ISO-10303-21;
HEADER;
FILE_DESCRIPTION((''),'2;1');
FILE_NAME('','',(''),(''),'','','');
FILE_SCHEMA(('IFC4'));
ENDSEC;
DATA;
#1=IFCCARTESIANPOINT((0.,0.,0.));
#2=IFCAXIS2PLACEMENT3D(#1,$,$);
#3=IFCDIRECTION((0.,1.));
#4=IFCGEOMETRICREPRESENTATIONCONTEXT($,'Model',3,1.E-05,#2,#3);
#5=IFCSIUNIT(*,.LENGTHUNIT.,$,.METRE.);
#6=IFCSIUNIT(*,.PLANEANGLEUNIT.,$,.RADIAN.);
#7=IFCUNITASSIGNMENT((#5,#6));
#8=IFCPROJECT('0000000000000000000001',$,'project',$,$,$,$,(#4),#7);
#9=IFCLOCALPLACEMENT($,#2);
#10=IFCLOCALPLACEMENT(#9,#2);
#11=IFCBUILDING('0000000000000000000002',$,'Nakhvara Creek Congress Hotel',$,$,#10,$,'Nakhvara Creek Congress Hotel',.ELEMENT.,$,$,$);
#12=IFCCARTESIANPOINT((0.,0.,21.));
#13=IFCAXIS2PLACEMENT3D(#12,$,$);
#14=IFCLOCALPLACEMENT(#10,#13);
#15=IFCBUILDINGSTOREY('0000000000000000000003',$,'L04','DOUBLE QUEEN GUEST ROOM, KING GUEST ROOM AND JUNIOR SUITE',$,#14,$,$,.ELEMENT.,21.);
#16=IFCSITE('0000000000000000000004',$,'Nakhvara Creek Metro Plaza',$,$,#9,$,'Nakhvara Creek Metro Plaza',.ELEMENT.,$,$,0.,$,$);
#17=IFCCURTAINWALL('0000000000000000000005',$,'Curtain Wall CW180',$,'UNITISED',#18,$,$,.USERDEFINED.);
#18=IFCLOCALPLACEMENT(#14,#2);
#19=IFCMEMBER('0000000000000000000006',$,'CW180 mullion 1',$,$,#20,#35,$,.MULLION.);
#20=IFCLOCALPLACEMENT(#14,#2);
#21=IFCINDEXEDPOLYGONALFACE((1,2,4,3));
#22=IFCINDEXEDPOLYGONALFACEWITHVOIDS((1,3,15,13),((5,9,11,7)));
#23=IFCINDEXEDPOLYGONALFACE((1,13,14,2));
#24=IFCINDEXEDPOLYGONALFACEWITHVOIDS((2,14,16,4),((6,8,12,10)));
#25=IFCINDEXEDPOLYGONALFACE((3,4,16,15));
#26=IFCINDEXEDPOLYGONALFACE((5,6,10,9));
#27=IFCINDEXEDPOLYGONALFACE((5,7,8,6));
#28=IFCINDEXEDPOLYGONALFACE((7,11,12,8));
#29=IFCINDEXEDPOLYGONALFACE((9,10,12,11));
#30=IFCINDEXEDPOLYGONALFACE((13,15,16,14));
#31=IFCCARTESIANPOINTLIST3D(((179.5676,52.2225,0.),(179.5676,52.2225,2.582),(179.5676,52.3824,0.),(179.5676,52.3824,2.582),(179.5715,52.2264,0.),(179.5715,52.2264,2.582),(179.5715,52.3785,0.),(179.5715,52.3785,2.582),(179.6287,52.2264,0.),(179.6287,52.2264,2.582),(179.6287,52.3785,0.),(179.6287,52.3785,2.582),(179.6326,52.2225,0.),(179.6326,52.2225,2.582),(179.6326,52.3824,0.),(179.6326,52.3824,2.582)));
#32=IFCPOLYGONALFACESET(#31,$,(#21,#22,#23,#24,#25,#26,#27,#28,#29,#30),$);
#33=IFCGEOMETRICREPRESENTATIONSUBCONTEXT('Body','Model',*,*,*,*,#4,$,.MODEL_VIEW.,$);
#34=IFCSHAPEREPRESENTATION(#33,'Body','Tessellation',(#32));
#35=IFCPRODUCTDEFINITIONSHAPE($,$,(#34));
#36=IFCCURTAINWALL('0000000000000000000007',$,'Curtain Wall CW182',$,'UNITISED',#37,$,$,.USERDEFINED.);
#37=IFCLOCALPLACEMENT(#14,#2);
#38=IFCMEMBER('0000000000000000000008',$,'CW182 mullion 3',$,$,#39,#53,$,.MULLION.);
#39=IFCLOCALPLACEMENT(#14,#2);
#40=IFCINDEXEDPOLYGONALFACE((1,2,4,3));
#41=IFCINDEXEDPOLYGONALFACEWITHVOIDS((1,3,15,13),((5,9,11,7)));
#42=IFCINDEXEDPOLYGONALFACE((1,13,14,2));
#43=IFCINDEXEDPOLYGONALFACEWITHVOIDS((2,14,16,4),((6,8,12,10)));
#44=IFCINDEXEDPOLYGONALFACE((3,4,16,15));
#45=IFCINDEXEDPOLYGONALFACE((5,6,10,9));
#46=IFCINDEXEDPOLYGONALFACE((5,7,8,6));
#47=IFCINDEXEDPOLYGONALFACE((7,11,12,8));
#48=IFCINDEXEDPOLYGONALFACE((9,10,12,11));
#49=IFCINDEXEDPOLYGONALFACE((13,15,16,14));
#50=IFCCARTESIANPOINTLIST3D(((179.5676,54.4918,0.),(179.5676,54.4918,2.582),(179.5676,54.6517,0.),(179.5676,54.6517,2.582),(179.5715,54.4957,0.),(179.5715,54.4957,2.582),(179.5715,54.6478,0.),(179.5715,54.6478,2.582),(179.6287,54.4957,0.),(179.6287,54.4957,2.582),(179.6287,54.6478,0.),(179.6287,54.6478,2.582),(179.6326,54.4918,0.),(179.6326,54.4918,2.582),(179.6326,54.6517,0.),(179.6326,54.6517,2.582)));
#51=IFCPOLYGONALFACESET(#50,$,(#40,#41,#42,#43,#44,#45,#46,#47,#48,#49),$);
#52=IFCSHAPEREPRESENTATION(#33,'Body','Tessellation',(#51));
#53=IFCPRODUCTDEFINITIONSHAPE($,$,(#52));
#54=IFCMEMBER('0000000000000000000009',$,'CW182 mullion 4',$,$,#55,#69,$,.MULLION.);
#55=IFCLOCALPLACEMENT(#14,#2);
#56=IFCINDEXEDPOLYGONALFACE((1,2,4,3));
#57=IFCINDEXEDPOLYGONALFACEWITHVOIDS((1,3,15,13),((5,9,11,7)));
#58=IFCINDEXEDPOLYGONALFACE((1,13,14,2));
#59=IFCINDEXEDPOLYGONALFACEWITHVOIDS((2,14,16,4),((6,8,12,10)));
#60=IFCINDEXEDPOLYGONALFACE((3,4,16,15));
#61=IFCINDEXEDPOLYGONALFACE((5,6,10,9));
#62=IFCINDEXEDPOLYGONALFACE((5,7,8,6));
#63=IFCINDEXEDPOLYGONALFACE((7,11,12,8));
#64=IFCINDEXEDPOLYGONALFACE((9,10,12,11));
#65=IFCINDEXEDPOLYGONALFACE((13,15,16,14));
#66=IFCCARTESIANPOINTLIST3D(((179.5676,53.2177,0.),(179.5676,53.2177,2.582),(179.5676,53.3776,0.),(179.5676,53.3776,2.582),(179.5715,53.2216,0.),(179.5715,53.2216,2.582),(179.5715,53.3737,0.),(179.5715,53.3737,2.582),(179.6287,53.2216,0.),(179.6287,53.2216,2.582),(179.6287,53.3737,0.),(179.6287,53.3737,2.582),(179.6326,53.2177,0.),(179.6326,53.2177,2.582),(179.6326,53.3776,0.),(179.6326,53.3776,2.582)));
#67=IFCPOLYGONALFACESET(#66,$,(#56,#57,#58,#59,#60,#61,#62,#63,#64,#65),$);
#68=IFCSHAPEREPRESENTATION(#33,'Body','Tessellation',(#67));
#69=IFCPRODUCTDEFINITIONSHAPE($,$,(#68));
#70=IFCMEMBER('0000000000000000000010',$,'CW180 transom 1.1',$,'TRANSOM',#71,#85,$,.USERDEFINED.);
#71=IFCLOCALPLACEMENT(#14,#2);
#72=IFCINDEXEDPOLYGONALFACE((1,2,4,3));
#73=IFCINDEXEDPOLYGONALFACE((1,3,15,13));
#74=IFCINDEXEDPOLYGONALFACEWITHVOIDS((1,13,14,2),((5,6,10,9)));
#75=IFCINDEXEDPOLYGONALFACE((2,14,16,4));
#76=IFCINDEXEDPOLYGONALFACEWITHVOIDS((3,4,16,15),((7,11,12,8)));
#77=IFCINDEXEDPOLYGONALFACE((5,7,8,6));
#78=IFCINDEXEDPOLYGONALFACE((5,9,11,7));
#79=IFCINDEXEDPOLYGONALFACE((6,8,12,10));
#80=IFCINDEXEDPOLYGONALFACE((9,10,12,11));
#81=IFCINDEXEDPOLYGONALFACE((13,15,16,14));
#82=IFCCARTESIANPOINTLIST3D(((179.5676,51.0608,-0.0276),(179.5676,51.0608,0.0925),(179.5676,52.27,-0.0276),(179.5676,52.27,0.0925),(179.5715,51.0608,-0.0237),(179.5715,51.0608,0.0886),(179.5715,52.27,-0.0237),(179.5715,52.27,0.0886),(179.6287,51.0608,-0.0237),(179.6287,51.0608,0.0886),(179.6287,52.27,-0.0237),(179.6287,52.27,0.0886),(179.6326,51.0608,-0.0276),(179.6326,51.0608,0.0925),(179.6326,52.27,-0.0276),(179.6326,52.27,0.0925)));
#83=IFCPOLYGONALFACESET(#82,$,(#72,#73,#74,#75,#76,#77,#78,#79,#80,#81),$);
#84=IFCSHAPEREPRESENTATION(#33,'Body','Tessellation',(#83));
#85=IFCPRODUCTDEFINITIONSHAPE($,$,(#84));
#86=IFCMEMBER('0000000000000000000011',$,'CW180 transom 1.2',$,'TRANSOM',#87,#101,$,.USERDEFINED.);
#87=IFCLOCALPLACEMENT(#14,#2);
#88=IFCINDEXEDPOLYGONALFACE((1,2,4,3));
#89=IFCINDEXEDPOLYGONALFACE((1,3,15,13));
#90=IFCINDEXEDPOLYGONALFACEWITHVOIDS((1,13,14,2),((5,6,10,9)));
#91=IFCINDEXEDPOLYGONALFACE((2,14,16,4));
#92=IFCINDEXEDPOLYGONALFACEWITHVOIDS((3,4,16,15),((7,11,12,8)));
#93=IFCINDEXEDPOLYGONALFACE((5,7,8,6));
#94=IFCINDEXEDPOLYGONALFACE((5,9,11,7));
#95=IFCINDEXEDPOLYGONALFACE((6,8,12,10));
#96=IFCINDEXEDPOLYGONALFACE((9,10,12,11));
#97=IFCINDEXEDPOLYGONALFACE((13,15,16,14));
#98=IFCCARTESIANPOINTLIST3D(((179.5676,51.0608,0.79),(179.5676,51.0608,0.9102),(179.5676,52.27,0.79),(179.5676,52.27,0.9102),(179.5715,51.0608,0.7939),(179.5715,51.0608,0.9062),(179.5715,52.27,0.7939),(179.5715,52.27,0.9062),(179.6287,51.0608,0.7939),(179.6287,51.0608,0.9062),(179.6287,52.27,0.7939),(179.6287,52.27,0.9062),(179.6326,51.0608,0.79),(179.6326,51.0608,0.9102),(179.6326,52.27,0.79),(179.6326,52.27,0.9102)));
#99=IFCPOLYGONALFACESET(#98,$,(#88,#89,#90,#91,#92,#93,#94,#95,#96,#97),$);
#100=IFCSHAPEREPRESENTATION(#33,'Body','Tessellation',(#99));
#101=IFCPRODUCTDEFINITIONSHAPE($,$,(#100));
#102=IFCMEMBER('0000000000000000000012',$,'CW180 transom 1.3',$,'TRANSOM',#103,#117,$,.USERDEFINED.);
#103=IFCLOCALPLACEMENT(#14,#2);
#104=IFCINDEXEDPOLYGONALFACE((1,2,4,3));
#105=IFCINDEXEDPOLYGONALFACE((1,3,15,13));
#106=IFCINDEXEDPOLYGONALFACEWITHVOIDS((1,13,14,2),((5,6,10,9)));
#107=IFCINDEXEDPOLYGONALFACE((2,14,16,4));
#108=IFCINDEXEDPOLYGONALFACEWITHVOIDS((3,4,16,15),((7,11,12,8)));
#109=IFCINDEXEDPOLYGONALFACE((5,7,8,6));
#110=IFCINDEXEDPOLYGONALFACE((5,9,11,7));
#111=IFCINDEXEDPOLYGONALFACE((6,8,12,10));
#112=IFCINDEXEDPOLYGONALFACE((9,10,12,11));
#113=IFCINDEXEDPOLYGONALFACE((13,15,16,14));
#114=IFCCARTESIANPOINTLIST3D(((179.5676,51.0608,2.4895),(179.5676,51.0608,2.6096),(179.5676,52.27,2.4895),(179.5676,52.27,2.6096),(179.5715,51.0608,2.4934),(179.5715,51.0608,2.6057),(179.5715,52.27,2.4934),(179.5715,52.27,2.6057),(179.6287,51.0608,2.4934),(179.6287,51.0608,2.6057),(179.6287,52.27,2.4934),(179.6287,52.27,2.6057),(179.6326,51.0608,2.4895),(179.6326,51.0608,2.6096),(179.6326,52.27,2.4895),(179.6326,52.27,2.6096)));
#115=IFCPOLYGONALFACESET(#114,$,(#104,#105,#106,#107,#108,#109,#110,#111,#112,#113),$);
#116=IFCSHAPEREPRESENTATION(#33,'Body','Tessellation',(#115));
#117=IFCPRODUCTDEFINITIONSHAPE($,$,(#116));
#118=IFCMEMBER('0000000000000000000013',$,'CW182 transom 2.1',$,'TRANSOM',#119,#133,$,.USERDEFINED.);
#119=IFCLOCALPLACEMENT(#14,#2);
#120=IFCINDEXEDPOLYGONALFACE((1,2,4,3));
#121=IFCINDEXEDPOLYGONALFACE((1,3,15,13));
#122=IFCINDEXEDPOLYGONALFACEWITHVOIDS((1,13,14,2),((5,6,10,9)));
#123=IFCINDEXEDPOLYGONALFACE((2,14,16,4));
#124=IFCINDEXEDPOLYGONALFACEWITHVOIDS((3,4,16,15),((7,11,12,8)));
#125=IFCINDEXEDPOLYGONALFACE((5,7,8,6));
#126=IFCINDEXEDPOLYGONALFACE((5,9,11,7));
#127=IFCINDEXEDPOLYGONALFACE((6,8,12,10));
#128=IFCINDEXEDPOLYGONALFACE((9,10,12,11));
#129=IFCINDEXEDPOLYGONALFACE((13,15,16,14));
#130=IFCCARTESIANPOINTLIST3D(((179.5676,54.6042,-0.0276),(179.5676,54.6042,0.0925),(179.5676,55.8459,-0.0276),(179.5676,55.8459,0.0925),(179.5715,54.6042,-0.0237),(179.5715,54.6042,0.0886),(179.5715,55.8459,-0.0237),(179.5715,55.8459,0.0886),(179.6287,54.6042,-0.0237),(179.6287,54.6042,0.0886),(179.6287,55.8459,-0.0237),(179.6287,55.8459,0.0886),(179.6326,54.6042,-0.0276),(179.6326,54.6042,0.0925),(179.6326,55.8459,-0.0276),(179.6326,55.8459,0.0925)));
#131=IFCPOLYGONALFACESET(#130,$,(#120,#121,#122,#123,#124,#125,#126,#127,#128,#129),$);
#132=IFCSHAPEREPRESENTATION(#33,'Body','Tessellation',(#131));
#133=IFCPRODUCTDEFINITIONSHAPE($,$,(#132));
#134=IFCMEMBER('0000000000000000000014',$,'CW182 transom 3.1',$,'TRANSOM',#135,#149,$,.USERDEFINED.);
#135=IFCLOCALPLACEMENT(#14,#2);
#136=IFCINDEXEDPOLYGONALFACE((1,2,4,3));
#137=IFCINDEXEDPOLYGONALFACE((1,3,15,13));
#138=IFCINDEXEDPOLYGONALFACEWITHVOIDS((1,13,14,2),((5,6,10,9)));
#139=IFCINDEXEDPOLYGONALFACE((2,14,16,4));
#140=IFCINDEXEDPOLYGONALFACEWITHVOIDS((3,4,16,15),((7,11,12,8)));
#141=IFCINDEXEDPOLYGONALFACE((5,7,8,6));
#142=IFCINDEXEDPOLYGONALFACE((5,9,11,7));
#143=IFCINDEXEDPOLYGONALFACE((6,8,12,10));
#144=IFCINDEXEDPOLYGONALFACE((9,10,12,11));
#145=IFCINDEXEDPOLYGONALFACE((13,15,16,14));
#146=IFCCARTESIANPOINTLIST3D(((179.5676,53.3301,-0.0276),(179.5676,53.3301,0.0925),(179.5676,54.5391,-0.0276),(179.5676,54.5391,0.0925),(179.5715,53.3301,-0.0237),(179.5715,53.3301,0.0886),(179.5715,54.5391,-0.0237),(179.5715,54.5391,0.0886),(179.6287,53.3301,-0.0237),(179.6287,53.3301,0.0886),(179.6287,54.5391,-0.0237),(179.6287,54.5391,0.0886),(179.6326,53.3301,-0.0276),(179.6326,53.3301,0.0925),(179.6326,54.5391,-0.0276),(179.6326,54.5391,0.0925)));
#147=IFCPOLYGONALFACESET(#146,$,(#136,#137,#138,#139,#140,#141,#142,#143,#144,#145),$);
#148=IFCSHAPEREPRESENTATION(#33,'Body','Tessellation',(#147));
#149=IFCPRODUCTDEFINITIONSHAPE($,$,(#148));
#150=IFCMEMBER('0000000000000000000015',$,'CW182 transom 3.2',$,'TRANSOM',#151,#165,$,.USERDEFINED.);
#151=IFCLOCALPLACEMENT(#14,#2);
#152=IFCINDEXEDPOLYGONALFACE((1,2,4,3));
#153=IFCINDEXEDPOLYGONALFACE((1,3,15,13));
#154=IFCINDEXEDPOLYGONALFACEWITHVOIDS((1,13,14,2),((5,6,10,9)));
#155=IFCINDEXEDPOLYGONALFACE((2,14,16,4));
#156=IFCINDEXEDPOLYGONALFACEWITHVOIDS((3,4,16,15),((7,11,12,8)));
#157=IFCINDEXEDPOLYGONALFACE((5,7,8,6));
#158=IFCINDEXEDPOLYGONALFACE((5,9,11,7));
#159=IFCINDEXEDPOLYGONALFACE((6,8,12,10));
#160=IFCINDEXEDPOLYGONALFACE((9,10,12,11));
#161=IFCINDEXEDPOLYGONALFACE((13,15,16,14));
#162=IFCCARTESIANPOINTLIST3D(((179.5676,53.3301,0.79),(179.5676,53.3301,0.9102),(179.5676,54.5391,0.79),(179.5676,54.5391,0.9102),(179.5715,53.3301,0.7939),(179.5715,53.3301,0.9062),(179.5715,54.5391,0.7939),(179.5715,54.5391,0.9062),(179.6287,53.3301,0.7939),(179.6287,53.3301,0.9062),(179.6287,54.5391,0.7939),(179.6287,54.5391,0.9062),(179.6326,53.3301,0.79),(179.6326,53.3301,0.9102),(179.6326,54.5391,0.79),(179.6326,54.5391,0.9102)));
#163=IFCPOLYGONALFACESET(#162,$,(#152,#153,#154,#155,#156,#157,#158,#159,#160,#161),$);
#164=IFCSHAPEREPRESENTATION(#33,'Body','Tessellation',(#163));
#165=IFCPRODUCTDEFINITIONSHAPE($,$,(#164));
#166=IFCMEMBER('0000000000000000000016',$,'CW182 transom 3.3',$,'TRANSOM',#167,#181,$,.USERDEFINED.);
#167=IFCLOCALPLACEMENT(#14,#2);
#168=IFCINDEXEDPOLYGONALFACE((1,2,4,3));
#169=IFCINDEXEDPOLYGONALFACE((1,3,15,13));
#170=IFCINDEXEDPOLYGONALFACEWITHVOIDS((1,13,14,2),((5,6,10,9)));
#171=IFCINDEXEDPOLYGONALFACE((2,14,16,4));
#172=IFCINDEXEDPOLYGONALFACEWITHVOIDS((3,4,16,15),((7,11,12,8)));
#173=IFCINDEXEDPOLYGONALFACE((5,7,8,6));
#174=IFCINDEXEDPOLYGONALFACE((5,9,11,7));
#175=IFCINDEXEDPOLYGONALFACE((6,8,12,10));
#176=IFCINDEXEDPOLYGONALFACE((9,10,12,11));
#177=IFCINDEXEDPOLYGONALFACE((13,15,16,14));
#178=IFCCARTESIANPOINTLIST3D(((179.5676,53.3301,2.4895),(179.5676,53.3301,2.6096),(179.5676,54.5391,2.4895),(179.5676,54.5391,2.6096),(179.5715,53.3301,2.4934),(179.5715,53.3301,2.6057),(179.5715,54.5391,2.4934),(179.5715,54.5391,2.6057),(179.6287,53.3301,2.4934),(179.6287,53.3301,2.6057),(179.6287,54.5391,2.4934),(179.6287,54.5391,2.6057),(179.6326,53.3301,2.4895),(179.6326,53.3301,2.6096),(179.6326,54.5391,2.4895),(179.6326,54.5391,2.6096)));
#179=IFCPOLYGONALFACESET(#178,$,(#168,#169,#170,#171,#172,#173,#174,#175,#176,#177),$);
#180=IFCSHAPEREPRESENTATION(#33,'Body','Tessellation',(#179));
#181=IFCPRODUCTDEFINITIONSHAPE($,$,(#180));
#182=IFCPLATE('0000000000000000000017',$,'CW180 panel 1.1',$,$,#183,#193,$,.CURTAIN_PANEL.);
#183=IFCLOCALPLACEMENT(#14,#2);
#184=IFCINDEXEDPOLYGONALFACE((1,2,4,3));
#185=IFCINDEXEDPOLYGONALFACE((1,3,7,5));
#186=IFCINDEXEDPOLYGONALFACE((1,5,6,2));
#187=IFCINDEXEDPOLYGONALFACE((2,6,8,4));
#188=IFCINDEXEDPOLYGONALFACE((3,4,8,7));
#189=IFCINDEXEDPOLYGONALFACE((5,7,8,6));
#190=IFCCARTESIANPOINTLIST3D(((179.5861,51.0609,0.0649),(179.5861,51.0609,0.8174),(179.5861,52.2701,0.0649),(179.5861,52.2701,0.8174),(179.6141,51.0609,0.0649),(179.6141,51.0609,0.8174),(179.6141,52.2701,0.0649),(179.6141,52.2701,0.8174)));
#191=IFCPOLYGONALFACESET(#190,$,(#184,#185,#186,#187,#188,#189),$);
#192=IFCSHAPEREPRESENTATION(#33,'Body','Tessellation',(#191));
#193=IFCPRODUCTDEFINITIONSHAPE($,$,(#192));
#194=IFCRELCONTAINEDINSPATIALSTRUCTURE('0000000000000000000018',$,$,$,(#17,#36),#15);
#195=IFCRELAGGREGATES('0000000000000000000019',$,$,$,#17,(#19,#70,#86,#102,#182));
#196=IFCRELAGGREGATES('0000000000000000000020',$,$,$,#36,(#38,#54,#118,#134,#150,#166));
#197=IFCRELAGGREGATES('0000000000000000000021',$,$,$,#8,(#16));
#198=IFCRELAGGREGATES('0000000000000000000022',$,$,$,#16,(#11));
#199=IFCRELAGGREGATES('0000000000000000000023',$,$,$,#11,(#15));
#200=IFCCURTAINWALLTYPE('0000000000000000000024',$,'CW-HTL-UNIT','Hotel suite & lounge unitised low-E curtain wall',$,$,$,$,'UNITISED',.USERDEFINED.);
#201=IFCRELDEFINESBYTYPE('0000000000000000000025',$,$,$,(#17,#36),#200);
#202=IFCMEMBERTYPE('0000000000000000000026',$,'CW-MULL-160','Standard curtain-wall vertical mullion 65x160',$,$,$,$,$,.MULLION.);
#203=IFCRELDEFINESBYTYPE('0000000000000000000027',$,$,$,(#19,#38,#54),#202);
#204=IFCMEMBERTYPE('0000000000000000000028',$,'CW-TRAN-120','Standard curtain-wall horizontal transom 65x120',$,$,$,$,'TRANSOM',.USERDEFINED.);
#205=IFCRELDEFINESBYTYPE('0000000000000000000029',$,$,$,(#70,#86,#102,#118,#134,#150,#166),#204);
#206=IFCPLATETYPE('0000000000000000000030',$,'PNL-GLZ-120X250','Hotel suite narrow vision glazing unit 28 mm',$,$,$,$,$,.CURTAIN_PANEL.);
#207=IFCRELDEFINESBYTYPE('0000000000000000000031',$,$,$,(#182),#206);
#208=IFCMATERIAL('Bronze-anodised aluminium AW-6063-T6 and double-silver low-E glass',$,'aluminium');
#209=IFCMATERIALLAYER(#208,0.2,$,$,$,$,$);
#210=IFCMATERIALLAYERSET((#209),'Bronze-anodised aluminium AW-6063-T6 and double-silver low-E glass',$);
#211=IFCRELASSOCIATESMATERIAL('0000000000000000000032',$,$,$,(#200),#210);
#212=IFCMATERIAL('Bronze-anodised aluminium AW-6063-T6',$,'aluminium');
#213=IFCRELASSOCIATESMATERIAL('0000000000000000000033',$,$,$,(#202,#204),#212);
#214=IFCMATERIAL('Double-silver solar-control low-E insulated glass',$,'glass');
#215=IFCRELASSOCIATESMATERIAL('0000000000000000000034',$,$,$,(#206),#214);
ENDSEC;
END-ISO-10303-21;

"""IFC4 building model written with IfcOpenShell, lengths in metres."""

from ifc_helpers import new_model, si_unit, direction, frame, origin, origin_2d, place, context, subcontext, project, spatial, rectangle, hollow_rectangle, extrude, material, layer, layer_set, material_profile, profile_set, type_object, element, aggregate, save


model = new_model("IFC4")

# Units and contexts
model_context = context("Model", 3, precision=1e-05, world=origin(), true_north=direction((0.0, 1.0)))
body_context = subcontext(model_context, "Body", "Model", "MODEL_VIEW")
ifc_project = project(units=[si_unit("LENGTHUNIT", "METRE"), si_unit("PLANEANGLEUNIT", "RADIAN")], contexts=[model_context])

# Site, building, storey
site_placement = place(None, origin())
site = spatial("IfcSite", under=ifc_project, at=site_placement, Name="Nakhvara Creek Metro Plaza", LongName="Nakhvara Creek Metro Plaza", CompositionType="ELEMENT", RefElevation=0.0)
building_placement = place(site_placement, origin())
building = spatial("IfcBuilding", under=site, at=building_placement, Name="Nakhvara Creek Congress Hotel", LongName="Nakhvara Creek Congress Hotel", CompositionType="ELEMENT")
storey_placement = place(building_placement, frame((0.0, 0.0, 21.0)))
storey = spatial("IfcBuildingStorey", under=building, at=storey_placement, Name="L04", Description="DOUBLE QUEEN GUEST ROOM, KING GUEST ROOM AND JUNIOR SUITE", CompositionType="ELEMENT", Elevation=21.0)

# Curtain wall, member
ifc_material_1 = material(Name="Bronze-anodised aluminium AW-6063-T6 and double-silver low-E glass", Category="aluminium")
ifc_layer_1 = layer(ifc_material_1, 0.2)
ifc_layer_set_1 = layer_set([ifc_layer_1], Name="Bronze-anodised aluminium AW-6063-T6 and double-silver low-E glass")
curtain_wall_type = type_object("IfcCurtainWallType", Name="CW-HTL-UNIT", Description="Hotel suite & lounge unitised low-E curtain wall", ElementType="UNITISED", PredefinedType="USERDEFINED", material=ifc_layer_set_1)
curtain_wall_1_placement = place(storey_placement, origin())
curtain_wall_1 = element("IfcCurtainWall", 1, at=curtain_wall_1_placement, inside=storey, type_object=curtain_wall_type, Name="Curtain Wall CW180", ObjectType="UNITISED", PredefinedType="USERDEFINED")
ifc_material_2 = material(Name="Bronze-anodised aluminium AW-6063-T6", Category="aluminium")
ifc_material_profile_1 = material_profile(ifc_material_2, hollow_rectangle(XDim=0.0649, YDim=0.1599, WallThickness=0.0039, at=origin_2d()), Name="ALU-MULL 65x160x4", Category="LoadBearing")
ifc_profile_set_1 = profile_set([ifc_material_profile_1], Name="Bronze-anodised aluminium AW-6063-T6")
member_type_1 = type_object("IfcMemberType", Name="CW-MULL-160", Description="Standard curtain-wall vertical mullion 65x160", PredefinedType="MULLION", material=ifc_profile_set_1)
member_1_placement = place(storey_placement, frame((179.6001, 52.3025, 0.0), z_axis=(0.0, 0.0, 1.0), x_axis=(1.0, 0.0, 0.0)))
member_1 = element("IfcMember", 2, at=member_1_placement, type_object=member_type_1, Name="CW180 mullion 1", PredefinedType="MULLION", context=body_context, shape_type="SweptSolid", body=[
    extrude(hollow_rectangle(XDim=0.0649, YDim=0.1599, WallThickness=0.0039, at=origin_2d()), origin(), (0.0, 0.0, 1.0), 2.582),
])

# Curtain wall, members
curtain_wall_2_placement = place(storey_placement, origin())
curtain_wall_2 = element("IfcCurtainWall", 3, at=curtain_wall_2_placement, inside=storey, type_object=curtain_wall_type, Name="Curtain Wall CW182", ObjectType="UNITISED", PredefinedType="USERDEFINED")
member_2_placement = place(storey_placement, frame((179.6001, 54.5718, 0.0), z_axis=(0.0, 0.0, 1.0), x_axis=(1.0, 0.0, 0.0)))
member_2 = element("IfcMember", 4, at=member_2_placement, type_object=member_type_1, Name="CW182 mullion 3", PredefinedType="MULLION", context=body_context, shape_type="SweptSolid", body=[
    extrude(hollow_rectangle(XDim=0.0649, YDim=0.1599, WallThickness=0.0039, at=origin_2d()), origin(), (0.0, 0.0, 1.0), 2.582),
])
member_3_placement = place(storey_placement, frame((179.6001, 53.2976, 0.0), z_axis=(0.0, 0.0, 1.0), x_axis=(1.0, 0.0, 0.0)))
member_3 = element("IfcMember", 5, at=member_3_placement, type_object=member_type_1, Name="CW182 mullion 4", PredefinedType="MULLION", context=body_context, shape_type="SweptSolid", body=[
    extrude(hollow_rectangle(XDim=0.0649, YDim=0.1599, WallThickness=0.0039, at=origin_2d()), origin(), (0.0, 0.0, 1.0), 2.582),
])

# Members
ifc_material_profile_2 = material_profile(ifc_material_2, hollow_rectangle(XDim=0.0649, YDim=0.1201, WallThickness=0.0039, at=origin_2d()), Name="ALU-TRAN 65x120x4", Category="LoadBearing")
ifc_profile_set_2 = profile_set([ifc_material_profile_2], Name="Bronze-anodised aluminium AW-6063-T6")
member_type_2 = type_object("IfcMemberType", Name="CW-TRAN-120", Description="Standard curtain-wall horizontal transom 65x120", ElementType="TRANSOM", PredefinedType="USERDEFINED", material=ifc_profile_set_2)
member_4_placement = place(storey_placement, frame((179.6001, 52.27, 0.0325), z_axis=(0.0, -1.0, 0.0), x_axis=(1.0, 0.0, 0.0)))
member_4 = element("IfcMember", 6, at=member_4_placement, type_object=member_type_2, Name="CW180 transom 1.1", ObjectType="TRANSOM", PredefinedType="USERDEFINED", context=body_context, shape_type="SweptSolid", body=[
    extrude(hollow_rectangle(XDim=0.0649, YDim=0.1201, WallThickness=0.0039, at=origin_2d()), origin(), (0.0, 0.0, 1.0), 1.2092),
])
member_5_placement = place(storey_placement, frame((179.6001, 52.27, 0.8501), z_axis=(0.0, -1.0, 0.0), x_axis=(1.0, 0.0, 0.0)))
member_5 = element("IfcMember", 7, at=member_5_placement, type_object=member_type_2, Name="CW180 transom 1.2", ObjectType="TRANSOM", PredefinedType="USERDEFINED", context=body_context, shape_type="SweptSolid", body=[
    extrude(hollow_rectangle(XDim=0.0649, YDim=0.1201, WallThickness=0.0039, at=origin_2d()), origin(), (0.0, 0.0, 1.0), 1.2092),
])
member_6_placement = place(storey_placement, frame((179.6001, 52.27, 2.5496), z_axis=(0.0, -1.0, 0.0), x_axis=(1.0, 0.0, 0.0)))
member_6 = element("IfcMember", 8, at=member_6_placement, type_object=member_type_2, Name="CW180 transom 1.3", ObjectType="TRANSOM", PredefinedType="USERDEFINED", context=body_context, shape_type="SweptSolid", body=[
    extrude(hollow_rectangle(XDim=0.0649, YDim=0.1201, WallThickness=0.0039, at=origin_2d()), origin(), (0.0, 0.0, 1.0), 1.2092),
])
member_7_placement = place(storey_placement, frame((179.6001, 55.8459, 0.0325), z_axis=(0.0, -1.0, 0.0), x_axis=(1.0, 0.0, 0.0)))
member_7 = element("IfcMember", 9, at=member_7_placement, type_object=member_type_2, Name="CW182 transom 2.1", ObjectType="TRANSOM", PredefinedType="USERDEFINED", context=body_context, shape_type="SweptSolid", body=[
    extrude(hollow_rectangle(XDim=0.0649, YDim=0.1201, WallThickness=0.0039, at=origin_2d()), origin(), (0.0, 0.0, 1.0), 1.2417),
])
member_8_placement = place(storey_placement, frame((179.6001, 54.5391, 0.0325), z_axis=(0.0, -1.0, 0.0), x_axis=(1.0, 0.0, 0.0)))
member_8 = element("IfcMember", 10, at=member_8_placement, type_object=member_type_2, Name="CW182 transom 3.1", ObjectType="TRANSOM", PredefinedType="USERDEFINED", context=body_context, shape_type="SweptSolid", body=[
    extrude(hollow_rectangle(XDim=0.0649, YDim=0.1201, WallThickness=0.0039, at=origin_2d()), origin(), (0.0, 0.0, 1.0), 1.209),
])
member_9_placement = place(storey_placement, frame((179.6001, 54.5391, 0.8501), z_axis=(0.0, -1.0, 0.0), x_axis=(1.0, 0.0, 0.0)))
member_9 = element("IfcMember", 11, at=member_9_placement, type_object=member_type_2, Name="CW182 transom 3.2", ObjectType="TRANSOM", PredefinedType="USERDEFINED", context=body_context, shape_type="SweptSolid", body=[
    extrude(hollow_rectangle(XDim=0.0649, YDim=0.1201, WallThickness=0.0039, at=origin_2d()), origin(), (0.0, 0.0, 1.0), 1.209),
])
member_10_placement = place(storey_placement, frame((179.6001, 54.5391, 2.5496), z_axis=(0.0, -1.0, 0.0), x_axis=(1.0, 0.0, 0.0)))
member_10 = element("IfcMember", 12, at=member_10_placement, type_object=member_type_2, Name="CW182 transom 3.3", ObjectType="TRANSOM", PredefinedType="USERDEFINED", context=body_context, shape_type="SweptSolid", body=[
    extrude(hollow_rectangle(XDim=0.0649, YDim=0.1201, WallThickness=0.0039, at=origin_2d()), origin(), (0.0, 0.0, 1.0), 1.209),
])

# Plate
ifc_material_3 = material(Name="Double-silver solar-control low-E insulated glass", Category="glass")
plate_type = type_object("IfcPlateType", Name="PNL-GLZ-120X250", Description="Hotel suite narrow vision glazing unit 28 mm", PredefinedType="CURTAIN_PANEL", material=ifc_material_3)
plate_1_placement = place(storey_placement, frame((179.6001, 51.6655, 0.0649), z_axis=(0.0, 0.0, 1.0), x_axis=(0.0, -1.0, 0.0)))
plate_1 = element("IfcPlate", 13, at=plate_1_placement, type_object=plate_type, Name="CW180 panel 1.1", PredefinedType="CURTAIN_PANEL", context=body_context, shape_type="SweptSolid", body=[
    extrude(rectangle(XDim=1.2092, YDim=0.0281, at=origin_2d()), origin(), (0.0, 0.0, 1.0), 0.7524),
])
aggregate(curtain_wall_1, [member_1, member_4, member_5, member_6, plate_1])
aggregate(curtain_wall_2, [member_2, member_3, member_7, member_8, member_9, member_10])

save(model, "model.ifc")
